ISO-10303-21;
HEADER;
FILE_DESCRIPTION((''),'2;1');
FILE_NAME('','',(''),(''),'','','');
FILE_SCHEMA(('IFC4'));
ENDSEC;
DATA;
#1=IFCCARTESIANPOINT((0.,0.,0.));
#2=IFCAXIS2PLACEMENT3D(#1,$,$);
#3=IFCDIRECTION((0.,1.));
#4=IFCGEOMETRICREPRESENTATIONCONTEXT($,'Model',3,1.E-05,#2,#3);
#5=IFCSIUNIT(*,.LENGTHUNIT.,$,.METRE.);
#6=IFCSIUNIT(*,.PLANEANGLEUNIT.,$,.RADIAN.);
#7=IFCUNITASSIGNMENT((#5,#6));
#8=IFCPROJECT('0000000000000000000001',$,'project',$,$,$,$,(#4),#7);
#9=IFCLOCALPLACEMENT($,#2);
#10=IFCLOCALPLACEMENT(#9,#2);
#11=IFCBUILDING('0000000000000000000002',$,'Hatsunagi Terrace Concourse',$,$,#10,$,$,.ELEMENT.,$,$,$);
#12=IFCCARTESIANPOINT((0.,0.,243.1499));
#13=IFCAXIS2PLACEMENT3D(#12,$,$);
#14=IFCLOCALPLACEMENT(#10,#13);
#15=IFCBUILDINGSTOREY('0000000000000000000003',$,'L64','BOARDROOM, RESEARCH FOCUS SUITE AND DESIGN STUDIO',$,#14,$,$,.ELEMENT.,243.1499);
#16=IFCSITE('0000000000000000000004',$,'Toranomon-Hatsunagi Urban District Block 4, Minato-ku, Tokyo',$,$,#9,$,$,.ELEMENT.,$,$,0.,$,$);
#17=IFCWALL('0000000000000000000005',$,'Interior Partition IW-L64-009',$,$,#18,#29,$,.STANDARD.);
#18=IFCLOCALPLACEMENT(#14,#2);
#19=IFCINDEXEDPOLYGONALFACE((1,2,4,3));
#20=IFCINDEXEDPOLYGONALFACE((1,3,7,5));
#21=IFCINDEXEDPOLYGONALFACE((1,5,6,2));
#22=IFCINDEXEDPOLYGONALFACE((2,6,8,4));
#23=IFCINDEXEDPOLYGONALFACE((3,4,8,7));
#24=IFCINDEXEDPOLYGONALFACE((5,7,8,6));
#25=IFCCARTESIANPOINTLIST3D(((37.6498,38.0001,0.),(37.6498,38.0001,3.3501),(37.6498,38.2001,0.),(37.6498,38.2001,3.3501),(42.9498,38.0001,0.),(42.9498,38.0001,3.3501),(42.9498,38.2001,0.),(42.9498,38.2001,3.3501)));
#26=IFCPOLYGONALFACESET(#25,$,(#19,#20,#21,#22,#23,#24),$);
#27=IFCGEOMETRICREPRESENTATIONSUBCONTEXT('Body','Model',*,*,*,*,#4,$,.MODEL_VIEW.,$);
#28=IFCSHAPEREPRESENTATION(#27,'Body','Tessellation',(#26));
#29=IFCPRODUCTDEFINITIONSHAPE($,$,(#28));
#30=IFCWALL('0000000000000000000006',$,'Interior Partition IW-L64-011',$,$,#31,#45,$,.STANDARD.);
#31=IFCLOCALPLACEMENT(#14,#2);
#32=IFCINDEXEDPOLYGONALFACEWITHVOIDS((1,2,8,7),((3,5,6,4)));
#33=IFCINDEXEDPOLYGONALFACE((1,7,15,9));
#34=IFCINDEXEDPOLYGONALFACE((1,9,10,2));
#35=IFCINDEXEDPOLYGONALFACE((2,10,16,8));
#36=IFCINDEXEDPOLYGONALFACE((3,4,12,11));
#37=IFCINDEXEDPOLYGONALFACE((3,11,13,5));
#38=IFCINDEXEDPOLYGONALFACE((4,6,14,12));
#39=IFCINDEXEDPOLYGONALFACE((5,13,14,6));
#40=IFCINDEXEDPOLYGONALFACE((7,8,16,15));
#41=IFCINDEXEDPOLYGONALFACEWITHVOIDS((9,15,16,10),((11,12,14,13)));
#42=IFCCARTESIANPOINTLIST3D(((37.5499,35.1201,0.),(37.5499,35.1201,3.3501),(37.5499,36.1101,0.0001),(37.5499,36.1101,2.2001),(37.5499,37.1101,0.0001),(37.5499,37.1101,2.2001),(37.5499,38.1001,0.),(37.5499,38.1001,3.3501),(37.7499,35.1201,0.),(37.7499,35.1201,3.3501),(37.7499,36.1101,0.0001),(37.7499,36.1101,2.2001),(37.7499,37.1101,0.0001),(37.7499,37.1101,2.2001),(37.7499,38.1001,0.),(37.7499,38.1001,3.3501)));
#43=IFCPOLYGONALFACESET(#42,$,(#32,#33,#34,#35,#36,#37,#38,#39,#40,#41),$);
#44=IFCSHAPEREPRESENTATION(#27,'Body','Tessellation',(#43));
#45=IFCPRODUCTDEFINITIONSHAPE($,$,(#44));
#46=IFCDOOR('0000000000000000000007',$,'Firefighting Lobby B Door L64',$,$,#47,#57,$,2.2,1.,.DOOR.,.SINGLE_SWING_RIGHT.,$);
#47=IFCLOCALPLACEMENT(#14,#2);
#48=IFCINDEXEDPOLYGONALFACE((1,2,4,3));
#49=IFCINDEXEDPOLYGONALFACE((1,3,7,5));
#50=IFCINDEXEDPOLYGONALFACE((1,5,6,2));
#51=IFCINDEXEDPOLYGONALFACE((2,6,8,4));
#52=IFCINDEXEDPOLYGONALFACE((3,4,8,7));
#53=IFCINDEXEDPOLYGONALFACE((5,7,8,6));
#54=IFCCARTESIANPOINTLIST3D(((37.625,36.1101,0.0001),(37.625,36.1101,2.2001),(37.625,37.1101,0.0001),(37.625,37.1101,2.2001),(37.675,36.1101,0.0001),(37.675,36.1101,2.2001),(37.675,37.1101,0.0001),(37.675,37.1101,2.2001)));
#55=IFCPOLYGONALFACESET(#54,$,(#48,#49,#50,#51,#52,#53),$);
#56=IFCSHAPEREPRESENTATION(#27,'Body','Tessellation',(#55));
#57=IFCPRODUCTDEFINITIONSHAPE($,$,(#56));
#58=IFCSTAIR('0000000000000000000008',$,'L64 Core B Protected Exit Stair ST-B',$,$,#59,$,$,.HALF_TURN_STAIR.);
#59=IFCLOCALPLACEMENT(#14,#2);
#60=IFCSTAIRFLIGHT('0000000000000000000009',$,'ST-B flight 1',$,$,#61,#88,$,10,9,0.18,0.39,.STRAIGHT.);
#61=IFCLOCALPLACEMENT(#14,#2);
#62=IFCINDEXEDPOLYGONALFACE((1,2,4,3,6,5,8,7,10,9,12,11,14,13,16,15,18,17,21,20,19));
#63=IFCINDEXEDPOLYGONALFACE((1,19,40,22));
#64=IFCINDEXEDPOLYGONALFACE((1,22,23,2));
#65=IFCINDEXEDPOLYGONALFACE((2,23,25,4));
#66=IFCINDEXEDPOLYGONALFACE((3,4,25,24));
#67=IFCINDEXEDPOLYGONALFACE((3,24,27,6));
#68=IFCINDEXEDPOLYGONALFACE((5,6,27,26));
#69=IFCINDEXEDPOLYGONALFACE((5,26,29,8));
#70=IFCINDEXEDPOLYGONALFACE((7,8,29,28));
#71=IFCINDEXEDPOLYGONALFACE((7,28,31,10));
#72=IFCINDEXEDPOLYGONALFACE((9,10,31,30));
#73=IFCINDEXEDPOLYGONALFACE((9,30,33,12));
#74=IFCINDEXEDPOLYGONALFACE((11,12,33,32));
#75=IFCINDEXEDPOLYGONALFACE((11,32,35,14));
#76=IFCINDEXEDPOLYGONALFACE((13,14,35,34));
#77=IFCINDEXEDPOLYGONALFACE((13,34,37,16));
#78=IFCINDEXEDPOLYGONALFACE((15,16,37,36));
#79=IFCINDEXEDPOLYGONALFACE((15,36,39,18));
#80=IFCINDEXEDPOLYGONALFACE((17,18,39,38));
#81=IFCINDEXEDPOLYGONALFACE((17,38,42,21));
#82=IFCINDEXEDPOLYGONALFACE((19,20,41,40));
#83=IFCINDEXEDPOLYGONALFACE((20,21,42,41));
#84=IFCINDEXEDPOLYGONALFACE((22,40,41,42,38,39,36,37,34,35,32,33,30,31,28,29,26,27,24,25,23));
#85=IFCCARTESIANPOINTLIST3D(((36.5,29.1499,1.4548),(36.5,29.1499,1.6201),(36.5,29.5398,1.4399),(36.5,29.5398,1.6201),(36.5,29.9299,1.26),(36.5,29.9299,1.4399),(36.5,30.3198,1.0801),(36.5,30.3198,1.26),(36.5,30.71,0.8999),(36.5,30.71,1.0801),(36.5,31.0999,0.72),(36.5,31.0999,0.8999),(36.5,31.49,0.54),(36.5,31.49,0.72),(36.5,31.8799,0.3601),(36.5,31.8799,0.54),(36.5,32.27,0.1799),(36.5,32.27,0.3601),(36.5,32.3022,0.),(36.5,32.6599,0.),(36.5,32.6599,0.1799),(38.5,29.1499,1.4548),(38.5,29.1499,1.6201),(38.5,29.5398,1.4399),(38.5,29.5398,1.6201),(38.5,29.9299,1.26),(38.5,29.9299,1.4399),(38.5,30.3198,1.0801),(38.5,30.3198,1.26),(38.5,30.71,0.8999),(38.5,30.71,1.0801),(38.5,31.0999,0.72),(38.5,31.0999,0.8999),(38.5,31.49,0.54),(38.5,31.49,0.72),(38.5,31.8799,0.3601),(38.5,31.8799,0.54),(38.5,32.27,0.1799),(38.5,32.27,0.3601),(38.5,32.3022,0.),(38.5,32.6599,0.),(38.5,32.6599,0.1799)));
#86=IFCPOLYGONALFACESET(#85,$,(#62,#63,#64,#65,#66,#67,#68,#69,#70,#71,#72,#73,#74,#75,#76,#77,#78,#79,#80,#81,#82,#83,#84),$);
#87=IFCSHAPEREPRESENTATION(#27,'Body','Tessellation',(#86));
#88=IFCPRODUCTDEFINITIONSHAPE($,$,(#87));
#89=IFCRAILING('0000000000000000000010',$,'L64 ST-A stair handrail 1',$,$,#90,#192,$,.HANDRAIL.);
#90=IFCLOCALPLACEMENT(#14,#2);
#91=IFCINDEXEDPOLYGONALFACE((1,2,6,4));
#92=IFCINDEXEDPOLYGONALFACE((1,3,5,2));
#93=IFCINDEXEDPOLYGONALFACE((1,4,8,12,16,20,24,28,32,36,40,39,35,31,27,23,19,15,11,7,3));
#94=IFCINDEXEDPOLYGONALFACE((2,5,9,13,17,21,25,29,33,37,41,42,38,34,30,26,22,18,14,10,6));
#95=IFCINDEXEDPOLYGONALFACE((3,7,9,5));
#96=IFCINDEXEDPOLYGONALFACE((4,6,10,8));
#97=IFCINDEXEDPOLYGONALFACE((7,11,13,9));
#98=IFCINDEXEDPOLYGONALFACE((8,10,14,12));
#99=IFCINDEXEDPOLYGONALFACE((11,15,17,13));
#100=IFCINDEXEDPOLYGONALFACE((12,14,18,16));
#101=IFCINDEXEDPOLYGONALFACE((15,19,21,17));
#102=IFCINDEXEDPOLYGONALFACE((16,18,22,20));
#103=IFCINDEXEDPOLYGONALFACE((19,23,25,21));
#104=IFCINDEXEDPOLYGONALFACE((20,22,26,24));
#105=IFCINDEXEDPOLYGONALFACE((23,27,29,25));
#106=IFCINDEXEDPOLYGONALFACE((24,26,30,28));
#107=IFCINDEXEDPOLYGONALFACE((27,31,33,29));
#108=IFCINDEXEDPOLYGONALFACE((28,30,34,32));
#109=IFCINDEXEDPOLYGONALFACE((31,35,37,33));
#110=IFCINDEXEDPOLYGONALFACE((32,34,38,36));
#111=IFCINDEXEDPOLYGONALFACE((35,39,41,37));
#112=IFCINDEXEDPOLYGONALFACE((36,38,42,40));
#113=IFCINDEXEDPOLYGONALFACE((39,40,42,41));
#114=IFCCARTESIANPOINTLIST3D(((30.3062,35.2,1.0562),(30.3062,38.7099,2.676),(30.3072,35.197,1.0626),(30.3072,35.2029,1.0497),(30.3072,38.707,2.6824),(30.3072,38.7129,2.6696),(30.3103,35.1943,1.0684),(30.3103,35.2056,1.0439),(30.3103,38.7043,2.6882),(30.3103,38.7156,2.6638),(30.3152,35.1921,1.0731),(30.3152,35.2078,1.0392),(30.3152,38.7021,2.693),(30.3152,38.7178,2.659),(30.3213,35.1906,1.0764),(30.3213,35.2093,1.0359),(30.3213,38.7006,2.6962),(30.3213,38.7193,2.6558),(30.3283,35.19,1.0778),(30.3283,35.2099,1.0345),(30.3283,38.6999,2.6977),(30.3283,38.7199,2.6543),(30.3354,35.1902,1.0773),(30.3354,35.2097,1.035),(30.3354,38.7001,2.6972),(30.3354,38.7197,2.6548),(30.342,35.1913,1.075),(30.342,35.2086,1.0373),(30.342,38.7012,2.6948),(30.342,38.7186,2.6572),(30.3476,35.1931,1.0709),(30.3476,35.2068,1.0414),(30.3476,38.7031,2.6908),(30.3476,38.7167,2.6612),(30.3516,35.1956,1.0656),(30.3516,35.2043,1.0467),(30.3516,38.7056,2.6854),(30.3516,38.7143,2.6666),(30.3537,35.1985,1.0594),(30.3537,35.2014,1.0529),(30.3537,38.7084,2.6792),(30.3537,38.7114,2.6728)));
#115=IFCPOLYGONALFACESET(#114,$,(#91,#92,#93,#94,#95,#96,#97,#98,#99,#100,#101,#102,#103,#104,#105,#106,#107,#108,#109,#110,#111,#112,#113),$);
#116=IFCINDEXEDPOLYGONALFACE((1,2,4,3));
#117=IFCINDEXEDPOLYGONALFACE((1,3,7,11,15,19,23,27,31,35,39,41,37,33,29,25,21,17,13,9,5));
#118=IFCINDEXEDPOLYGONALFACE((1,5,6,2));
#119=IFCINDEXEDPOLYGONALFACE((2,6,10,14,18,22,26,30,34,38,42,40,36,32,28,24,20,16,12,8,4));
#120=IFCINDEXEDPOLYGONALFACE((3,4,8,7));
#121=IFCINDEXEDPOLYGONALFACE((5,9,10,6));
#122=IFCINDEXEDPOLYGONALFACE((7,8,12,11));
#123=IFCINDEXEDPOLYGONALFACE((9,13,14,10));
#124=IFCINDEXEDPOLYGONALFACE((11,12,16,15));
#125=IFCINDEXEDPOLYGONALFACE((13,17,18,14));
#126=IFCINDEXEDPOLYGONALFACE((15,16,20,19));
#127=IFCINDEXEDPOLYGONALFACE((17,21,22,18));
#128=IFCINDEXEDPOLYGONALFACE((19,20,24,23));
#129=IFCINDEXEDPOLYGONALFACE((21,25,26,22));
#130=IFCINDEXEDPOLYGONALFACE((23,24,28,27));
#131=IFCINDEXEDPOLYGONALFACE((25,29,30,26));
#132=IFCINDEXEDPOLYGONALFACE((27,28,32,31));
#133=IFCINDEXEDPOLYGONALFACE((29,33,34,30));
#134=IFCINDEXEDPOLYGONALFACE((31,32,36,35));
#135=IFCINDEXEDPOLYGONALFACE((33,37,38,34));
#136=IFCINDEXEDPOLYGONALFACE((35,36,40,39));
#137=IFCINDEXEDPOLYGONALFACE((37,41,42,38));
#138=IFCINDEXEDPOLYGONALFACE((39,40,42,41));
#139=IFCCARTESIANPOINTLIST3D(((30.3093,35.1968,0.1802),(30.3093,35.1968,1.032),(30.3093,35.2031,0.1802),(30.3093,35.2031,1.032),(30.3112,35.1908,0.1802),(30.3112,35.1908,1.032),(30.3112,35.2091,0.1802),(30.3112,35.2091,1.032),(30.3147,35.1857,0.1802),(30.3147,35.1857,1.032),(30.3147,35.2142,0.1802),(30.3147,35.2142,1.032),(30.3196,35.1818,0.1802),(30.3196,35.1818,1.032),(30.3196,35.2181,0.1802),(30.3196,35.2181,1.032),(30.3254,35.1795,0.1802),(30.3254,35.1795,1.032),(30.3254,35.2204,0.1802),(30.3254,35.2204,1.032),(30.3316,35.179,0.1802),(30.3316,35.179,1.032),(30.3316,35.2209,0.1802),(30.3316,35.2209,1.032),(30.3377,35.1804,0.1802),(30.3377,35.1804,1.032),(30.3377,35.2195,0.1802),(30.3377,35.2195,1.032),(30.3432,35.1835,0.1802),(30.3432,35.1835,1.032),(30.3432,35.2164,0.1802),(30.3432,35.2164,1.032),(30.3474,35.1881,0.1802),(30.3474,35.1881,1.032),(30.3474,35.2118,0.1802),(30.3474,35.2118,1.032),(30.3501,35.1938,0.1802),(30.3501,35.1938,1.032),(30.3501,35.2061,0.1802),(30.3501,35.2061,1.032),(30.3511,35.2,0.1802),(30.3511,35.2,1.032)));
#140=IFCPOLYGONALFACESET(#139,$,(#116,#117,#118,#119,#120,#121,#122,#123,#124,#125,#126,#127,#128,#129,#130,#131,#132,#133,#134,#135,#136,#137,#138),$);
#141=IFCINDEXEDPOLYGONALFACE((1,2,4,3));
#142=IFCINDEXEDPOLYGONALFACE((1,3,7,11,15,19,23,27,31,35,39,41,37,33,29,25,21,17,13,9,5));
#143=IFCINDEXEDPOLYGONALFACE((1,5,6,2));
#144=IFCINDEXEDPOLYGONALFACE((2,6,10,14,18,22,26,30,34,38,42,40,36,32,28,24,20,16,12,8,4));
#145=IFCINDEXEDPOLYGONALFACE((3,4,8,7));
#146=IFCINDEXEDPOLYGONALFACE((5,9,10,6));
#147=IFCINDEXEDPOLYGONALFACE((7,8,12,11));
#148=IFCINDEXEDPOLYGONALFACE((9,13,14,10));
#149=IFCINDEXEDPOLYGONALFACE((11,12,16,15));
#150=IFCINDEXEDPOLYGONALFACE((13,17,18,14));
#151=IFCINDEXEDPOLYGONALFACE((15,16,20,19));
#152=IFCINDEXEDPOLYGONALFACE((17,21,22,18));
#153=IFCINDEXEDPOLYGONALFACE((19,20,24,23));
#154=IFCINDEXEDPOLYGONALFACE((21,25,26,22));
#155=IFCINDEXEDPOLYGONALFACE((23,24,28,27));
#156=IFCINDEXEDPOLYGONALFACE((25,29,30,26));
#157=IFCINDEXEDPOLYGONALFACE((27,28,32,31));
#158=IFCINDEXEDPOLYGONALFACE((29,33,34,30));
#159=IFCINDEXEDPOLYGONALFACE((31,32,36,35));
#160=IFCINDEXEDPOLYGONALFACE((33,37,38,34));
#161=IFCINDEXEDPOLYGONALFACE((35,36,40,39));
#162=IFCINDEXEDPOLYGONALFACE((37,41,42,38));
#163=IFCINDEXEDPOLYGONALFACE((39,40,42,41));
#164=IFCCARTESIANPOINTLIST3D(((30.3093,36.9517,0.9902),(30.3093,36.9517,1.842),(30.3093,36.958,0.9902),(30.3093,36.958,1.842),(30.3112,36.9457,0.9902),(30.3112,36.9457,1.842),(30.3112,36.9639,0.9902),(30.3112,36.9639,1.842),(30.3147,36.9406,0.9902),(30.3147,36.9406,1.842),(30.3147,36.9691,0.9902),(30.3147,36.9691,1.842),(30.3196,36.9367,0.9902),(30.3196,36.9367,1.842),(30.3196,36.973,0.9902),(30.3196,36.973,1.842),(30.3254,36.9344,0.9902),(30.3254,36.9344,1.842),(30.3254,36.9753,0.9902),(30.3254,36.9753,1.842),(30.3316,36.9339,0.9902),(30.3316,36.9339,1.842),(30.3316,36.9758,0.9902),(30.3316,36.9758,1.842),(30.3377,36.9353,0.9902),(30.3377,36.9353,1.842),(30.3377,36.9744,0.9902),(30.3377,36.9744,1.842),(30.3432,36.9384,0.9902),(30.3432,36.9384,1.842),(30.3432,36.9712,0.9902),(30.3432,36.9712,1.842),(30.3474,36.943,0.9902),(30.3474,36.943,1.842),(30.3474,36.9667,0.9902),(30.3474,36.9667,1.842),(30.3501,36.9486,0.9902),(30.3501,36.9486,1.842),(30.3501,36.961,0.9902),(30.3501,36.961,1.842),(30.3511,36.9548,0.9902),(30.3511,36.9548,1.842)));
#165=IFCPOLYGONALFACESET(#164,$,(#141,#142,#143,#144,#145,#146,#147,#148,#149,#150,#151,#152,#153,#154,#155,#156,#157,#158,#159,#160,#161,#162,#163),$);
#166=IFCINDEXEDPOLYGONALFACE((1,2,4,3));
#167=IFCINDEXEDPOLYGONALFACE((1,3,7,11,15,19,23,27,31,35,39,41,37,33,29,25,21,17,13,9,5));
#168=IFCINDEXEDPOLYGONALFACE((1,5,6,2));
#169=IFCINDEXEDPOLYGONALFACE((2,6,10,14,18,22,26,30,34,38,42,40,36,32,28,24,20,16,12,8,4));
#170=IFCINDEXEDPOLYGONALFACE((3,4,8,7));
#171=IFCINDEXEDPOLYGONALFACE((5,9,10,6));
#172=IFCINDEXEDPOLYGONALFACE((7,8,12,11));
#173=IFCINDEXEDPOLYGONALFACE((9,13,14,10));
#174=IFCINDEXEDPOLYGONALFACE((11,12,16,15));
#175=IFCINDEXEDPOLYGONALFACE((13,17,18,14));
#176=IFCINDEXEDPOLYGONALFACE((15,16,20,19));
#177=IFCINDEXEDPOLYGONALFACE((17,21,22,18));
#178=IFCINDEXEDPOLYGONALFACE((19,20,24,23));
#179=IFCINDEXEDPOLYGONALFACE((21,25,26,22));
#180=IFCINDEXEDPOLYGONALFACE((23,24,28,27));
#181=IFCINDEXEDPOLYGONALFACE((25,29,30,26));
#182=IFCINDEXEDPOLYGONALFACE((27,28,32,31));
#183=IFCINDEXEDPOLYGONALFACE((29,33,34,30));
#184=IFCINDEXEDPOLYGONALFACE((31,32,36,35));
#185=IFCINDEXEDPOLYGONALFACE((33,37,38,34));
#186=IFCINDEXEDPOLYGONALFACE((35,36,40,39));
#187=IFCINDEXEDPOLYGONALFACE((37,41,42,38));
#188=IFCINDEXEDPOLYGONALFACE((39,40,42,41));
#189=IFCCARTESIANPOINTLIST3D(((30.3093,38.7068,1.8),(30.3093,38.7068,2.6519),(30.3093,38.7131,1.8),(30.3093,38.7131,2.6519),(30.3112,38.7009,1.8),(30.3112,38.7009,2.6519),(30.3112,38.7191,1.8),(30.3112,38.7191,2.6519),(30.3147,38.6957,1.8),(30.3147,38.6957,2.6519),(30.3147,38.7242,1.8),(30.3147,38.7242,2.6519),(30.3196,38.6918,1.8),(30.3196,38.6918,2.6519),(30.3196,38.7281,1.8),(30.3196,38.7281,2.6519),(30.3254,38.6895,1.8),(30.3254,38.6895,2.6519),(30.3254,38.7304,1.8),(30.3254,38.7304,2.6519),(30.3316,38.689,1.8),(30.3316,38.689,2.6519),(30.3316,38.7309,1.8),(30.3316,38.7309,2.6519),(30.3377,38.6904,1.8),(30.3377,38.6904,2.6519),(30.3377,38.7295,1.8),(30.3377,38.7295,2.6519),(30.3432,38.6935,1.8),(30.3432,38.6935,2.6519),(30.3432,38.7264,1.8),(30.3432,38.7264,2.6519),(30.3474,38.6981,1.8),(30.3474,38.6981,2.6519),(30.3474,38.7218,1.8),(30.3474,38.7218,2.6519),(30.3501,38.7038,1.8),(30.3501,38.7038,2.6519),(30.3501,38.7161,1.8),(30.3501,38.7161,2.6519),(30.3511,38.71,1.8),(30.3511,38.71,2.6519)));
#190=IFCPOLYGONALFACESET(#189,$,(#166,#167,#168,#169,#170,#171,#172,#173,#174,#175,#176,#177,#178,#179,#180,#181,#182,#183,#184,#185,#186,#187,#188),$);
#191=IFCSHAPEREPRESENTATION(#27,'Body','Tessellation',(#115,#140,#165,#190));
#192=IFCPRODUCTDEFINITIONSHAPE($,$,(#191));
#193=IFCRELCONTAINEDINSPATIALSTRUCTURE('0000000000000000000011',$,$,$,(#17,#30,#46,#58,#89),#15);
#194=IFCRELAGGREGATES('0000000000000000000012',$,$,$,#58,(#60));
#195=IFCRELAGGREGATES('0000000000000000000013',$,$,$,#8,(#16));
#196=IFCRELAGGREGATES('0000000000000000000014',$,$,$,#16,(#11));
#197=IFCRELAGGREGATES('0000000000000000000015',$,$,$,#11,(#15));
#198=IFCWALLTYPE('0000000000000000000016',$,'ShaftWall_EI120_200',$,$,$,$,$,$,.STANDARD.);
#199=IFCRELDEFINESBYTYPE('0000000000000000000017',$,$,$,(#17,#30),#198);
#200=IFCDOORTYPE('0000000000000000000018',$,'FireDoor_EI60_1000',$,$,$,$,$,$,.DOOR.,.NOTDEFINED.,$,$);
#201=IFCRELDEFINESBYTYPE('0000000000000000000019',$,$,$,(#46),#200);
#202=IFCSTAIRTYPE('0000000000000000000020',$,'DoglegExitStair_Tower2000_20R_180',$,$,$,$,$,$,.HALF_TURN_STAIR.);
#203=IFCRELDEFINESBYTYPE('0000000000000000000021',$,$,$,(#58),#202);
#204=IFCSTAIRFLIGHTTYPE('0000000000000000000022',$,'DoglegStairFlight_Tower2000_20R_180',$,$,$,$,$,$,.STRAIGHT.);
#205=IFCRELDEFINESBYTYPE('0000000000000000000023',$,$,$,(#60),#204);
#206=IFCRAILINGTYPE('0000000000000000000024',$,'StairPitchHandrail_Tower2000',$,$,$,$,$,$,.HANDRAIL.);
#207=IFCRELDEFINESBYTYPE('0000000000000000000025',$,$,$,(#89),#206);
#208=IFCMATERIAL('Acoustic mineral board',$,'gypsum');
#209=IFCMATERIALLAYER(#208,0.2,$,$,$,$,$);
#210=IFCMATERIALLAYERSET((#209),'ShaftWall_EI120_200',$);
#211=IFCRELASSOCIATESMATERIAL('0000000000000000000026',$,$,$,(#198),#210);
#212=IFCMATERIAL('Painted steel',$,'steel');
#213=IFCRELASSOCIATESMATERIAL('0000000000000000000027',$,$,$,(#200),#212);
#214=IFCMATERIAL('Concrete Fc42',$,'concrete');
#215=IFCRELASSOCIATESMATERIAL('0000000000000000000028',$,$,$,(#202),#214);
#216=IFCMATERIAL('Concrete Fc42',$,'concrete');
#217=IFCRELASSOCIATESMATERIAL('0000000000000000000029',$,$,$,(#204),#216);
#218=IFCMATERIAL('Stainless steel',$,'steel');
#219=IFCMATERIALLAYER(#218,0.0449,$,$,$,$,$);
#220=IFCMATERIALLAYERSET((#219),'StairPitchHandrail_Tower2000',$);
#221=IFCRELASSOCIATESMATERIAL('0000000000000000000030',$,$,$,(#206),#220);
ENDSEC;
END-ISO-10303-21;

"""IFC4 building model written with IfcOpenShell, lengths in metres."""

from ifc_helpers import new_model, si_unit, direction, frame, frame_2d, origin, origin_2d, place, context, subcontext, project, spatial, polyline, rectangle, circle, outline, extrude, material, layer, layer_set, type_object, element, fill, aggregate, save


model = new_model("IFC4")

# Units and contexts
model_context = context("Model", 3, precision=1e-05, world=origin(), true_north=direction((0.0, 1.0)))
body_context = subcontext(model_context, "Body", "Model", "MODEL_VIEW")
ifc_project = project(units=[si_unit("LENGTHUNIT", "METRE"), si_unit("PLANEANGLEUNIT", "RADIAN")], contexts=[model_context])

# Site, building, storey
site_placement = place(None, origin())
site = spatial("IfcSite", under=ifc_project, at=site_placement, Name="Toranomon-Hatsunagi Urban District Block 4, Minato-ku, Tokyo", CompositionType="ELEMENT", RefElevation=0.0)
building_placement = place(site_placement, origin())
building = spatial("IfcBuilding", under=site, at=building_placement, Name="Hatsunagi Terrace Concourse", CompositionType="ELEMENT")
storey_placement = place(building_placement, frame((0.0, 0.0, 243.1499)))
storey = spatial("IfcBuildingStorey", under=building, at=storey_placement, Name="L64", Description="BOARDROOM, RESEARCH FOCUS SUITE AND DESIGN STUDIO", CompositionType="ELEMENT", Elevation=243.1499)

# Wall
ifc_material_1 = material(Name="Acoustic mineral board", Category="gypsum")
ifc_layer_1 = layer(ifc_material_1, 0.2)
ifc_layer_set_1 = layer_set([ifc_layer_1], Name="ShaftWall_EI120_200")
wall_type_1 = type_object("IfcWallType", Name="ShaftWall_EI120_200", PredefinedType="STANDARD", material=ifc_layer_set_1)
wall_1_placement = place(storey_placement, frame((37.6499, 38.1001, 0.0), z_axis=(0.0, 0.0, 1.0), x_axis=(1.0, 0.0, 0.0)))
element("IfcWall", 1, at=wall_1_placement, inside=storey, type_object=wall_type_1, Name="Interior Partition IW-L64-009", PredefinedType="STANDARD", context=body_context, shape_type="SweptSolid", body=[
    extrude(rectangle(XDim=5.3, YDim=0.2, at=frame_2d((2.6499, 0.0))), origin(), (0.0, 0.0, 1.0), 3.3501),
])

# Wall, opening, door
wall_2_placement = place(storey_placement, frame((37.6499, 35.1201, 0.0), z_axis=(0.0, 0.0, 1.0), x_axis=(0.0, 1.0, 0.0)))
wall_2 = element("IfcWall", 2, at=wall_2_placement, inside=storey, type_object=wall_type_1, Name="Interior Partition IW-L64-011", PredefinedType="STANDARD", context=body_context, shape_type="SweptSolid", body=[
    extrude(rectangle(XDim=2.98, YDim=0.2, at=frame_2d((1.49, 0.0))), origin(), (0.0, 0.0, 1.0), 3.3501),
])
opening_1_placement = place(wall_2_placement, frame((0.99, 0.0, 0.0)))
opening_1 = element("IfcOpeningElement", 3, at=opening_1_placement, cuts=wall_2, PredefinedType="OPENING", context=body_context, shape_type="SweptSolid", body=[
    extrude(rectangle(XDim=1.0, YDim=2.2, at=frame_2d((0.5, 1.1001))), frame((0.0, 0.1099, 0.0), z_axis=(0.0, -1.0, 0.0), x_axis=(1.0, 0.0, 0.0)), (0.0, 0.0, 1.0), 0.22),
])
ifc_material_2 = material(Name="Painted steel", Category="steel")
door_type_1 = type_object("IfcDoorType", Name="FireDoor_EI60_1000", OperationType="NOTDEFINED", PredefinedType="DOOR", material=ifc_material_2)
door_1_placement = place(opening_1_placement, origin())
door_1 = element("IfcDoor", 4, at=door_1_placement, inside=storey, type_object=door_type_1, Name="Firefighting Lobby B Door L64", OperationType="SINGLE_SWING_RIGHT", OverallHeight=2.2, OverallWidth=1.0, PredefinedType="DOOR", context=body_context, shape_type="SweptSolid", body=[
    extrude(rectangle(XDim=1.0, YDim=2.2, at=frame_2d((0.5, 1.1001))), frame((0.0, 0.0249, 0.0), z_axis=(0.0, -1.0, 0.0), x_axis=(1.0, 0.0, 0.0)), (0.0, 0.0, 1.0), 0.05),
])
fill(opening_1, door_1)

# Stair, stair flight
ifc_material_3 = material(Name="Concrete Fc42", Category="concrete")
stair_type = type_object("IfcStairType", Name="DoglegExitStair_Tower2000_20R_180", PredefinedType="HALF_TURN_STAIR", material=ifc_material_3)
stair_placement = place(storey_placement, origin())
stair = element("IfcStair", 5, at=stair_placement, inside=storey, type_object=stair_type, Name="L64 Core B Protected Exit Stair ST-B", PredefinedType="HALF_TURN_STAIR")
ifc_material_4 = material(Name="Concrete Fc42", Category="concrete")
stair_flight_type = type_object("IfcStairFlightType", Name="DoglegStairFlight_Tower2000_20R_180", PredefinedType="STRAIGHT", material=ifc_material_4)
stair_flight_placement = place(storey_placement, frame((37.5, 32.6599, 0.0), z_axis=(0.0, 0.0, 1.0), x_axis=(0.0, -1.0, 0.0)))
stair_flight = element("IfcStairFlight", 6, at=stair_flight_placement, type_object=stair_flight_type, Name="ST-B flight 1", NumberOfRisers=10, NumberOfTreads=9, PredefinedType="STRAIGHT", RiserHeight=0.18, TreadLength=0.39, context=body_context, shape_type="SweptSolid", body=[
    extrude(outline(polyline([(0.0, 0.0), (0.0, 0.1799), (0.3899, 0.1799), (0.3899, 0.3601), (0.78, 0.3601), (0.78, 0.54), (1.1699, 0.54), (1.1699, 0.72), (1.5601, 0.72), (1.5601, 0.8999), (1.95, 0.8999), (1.95, 1.0801), (2.3401, 1.0801), (2.3401, 1.26), (2.73, 1.26), (2.73, 1.4399), (3.1201, 1.4399), (3.1201, 1.6201), (3.51, 1.6201), (3.51, 1.8), (3.51, 1.4548), (0.3577, 0.0), (0.0, 0.0)])), frame((0.0, 1.0, 0.0), z_axis=(0.0, -1.0, 0.0), x_axis=(1.0, 0.0, 0.0)), (0.0, 0.0, 1.0), 2.0),
])
aggregate(stair, [stair_flight])

# Railing
ifc_material_5 = material(Name="Stainless steel", Category="steel")
ifc_layer_2 = layer(ifc_material_5, 0.0449)
ifc_layer_set_2 = layer_set([ifc_layer_2], Name="StairPitchHandrail_Tower2000")
railing_type_1 = type_object("IfcRailingType", Name="StairPitchHandrail_Tower2000", PredefinedType="HANDRAIL", material=ifc_layer_set_2)
railing_1_placement = place(storey_placement, frame((30.3301, 35.2, 0.1802)))
element("IfcRailing", 7, at=railing_1_placement, inside=storey, type_object=railing_type_1, Name="L64 ST-A stair handrail 1", PredefinedType="HANDRAIL", context=body_context, shape_type="SweptSolid", body=[
    extrude(circle(Radius=0.0239, at=origin_2d()), frame((0.0, 0.0, 0.876), z_axis=(0.0, 0.907972, 0.41903), x_axis=(-1.0, 0.0, 0.0)), (0.0, 0.0, 1.0), 3.8657),
    extrude(circle(Radius=0.021, at=origin_2d()), origin(), (0.0, 0.0, 1.0), 0.8518),
    extrude(circle(Radius=0.021, at=origin_2d()), frame((0.0, 1.7549, 0.8101)), (0.0, 0.0, 1.0), 0.8518),
    extrude(circle(Radius=0.021, at=origin_2d()), frame((0.0, 3.51, 1.6199)), (0.0, 0.0, 1.0), 0.8518),
])

save(model, "model.ifc")
